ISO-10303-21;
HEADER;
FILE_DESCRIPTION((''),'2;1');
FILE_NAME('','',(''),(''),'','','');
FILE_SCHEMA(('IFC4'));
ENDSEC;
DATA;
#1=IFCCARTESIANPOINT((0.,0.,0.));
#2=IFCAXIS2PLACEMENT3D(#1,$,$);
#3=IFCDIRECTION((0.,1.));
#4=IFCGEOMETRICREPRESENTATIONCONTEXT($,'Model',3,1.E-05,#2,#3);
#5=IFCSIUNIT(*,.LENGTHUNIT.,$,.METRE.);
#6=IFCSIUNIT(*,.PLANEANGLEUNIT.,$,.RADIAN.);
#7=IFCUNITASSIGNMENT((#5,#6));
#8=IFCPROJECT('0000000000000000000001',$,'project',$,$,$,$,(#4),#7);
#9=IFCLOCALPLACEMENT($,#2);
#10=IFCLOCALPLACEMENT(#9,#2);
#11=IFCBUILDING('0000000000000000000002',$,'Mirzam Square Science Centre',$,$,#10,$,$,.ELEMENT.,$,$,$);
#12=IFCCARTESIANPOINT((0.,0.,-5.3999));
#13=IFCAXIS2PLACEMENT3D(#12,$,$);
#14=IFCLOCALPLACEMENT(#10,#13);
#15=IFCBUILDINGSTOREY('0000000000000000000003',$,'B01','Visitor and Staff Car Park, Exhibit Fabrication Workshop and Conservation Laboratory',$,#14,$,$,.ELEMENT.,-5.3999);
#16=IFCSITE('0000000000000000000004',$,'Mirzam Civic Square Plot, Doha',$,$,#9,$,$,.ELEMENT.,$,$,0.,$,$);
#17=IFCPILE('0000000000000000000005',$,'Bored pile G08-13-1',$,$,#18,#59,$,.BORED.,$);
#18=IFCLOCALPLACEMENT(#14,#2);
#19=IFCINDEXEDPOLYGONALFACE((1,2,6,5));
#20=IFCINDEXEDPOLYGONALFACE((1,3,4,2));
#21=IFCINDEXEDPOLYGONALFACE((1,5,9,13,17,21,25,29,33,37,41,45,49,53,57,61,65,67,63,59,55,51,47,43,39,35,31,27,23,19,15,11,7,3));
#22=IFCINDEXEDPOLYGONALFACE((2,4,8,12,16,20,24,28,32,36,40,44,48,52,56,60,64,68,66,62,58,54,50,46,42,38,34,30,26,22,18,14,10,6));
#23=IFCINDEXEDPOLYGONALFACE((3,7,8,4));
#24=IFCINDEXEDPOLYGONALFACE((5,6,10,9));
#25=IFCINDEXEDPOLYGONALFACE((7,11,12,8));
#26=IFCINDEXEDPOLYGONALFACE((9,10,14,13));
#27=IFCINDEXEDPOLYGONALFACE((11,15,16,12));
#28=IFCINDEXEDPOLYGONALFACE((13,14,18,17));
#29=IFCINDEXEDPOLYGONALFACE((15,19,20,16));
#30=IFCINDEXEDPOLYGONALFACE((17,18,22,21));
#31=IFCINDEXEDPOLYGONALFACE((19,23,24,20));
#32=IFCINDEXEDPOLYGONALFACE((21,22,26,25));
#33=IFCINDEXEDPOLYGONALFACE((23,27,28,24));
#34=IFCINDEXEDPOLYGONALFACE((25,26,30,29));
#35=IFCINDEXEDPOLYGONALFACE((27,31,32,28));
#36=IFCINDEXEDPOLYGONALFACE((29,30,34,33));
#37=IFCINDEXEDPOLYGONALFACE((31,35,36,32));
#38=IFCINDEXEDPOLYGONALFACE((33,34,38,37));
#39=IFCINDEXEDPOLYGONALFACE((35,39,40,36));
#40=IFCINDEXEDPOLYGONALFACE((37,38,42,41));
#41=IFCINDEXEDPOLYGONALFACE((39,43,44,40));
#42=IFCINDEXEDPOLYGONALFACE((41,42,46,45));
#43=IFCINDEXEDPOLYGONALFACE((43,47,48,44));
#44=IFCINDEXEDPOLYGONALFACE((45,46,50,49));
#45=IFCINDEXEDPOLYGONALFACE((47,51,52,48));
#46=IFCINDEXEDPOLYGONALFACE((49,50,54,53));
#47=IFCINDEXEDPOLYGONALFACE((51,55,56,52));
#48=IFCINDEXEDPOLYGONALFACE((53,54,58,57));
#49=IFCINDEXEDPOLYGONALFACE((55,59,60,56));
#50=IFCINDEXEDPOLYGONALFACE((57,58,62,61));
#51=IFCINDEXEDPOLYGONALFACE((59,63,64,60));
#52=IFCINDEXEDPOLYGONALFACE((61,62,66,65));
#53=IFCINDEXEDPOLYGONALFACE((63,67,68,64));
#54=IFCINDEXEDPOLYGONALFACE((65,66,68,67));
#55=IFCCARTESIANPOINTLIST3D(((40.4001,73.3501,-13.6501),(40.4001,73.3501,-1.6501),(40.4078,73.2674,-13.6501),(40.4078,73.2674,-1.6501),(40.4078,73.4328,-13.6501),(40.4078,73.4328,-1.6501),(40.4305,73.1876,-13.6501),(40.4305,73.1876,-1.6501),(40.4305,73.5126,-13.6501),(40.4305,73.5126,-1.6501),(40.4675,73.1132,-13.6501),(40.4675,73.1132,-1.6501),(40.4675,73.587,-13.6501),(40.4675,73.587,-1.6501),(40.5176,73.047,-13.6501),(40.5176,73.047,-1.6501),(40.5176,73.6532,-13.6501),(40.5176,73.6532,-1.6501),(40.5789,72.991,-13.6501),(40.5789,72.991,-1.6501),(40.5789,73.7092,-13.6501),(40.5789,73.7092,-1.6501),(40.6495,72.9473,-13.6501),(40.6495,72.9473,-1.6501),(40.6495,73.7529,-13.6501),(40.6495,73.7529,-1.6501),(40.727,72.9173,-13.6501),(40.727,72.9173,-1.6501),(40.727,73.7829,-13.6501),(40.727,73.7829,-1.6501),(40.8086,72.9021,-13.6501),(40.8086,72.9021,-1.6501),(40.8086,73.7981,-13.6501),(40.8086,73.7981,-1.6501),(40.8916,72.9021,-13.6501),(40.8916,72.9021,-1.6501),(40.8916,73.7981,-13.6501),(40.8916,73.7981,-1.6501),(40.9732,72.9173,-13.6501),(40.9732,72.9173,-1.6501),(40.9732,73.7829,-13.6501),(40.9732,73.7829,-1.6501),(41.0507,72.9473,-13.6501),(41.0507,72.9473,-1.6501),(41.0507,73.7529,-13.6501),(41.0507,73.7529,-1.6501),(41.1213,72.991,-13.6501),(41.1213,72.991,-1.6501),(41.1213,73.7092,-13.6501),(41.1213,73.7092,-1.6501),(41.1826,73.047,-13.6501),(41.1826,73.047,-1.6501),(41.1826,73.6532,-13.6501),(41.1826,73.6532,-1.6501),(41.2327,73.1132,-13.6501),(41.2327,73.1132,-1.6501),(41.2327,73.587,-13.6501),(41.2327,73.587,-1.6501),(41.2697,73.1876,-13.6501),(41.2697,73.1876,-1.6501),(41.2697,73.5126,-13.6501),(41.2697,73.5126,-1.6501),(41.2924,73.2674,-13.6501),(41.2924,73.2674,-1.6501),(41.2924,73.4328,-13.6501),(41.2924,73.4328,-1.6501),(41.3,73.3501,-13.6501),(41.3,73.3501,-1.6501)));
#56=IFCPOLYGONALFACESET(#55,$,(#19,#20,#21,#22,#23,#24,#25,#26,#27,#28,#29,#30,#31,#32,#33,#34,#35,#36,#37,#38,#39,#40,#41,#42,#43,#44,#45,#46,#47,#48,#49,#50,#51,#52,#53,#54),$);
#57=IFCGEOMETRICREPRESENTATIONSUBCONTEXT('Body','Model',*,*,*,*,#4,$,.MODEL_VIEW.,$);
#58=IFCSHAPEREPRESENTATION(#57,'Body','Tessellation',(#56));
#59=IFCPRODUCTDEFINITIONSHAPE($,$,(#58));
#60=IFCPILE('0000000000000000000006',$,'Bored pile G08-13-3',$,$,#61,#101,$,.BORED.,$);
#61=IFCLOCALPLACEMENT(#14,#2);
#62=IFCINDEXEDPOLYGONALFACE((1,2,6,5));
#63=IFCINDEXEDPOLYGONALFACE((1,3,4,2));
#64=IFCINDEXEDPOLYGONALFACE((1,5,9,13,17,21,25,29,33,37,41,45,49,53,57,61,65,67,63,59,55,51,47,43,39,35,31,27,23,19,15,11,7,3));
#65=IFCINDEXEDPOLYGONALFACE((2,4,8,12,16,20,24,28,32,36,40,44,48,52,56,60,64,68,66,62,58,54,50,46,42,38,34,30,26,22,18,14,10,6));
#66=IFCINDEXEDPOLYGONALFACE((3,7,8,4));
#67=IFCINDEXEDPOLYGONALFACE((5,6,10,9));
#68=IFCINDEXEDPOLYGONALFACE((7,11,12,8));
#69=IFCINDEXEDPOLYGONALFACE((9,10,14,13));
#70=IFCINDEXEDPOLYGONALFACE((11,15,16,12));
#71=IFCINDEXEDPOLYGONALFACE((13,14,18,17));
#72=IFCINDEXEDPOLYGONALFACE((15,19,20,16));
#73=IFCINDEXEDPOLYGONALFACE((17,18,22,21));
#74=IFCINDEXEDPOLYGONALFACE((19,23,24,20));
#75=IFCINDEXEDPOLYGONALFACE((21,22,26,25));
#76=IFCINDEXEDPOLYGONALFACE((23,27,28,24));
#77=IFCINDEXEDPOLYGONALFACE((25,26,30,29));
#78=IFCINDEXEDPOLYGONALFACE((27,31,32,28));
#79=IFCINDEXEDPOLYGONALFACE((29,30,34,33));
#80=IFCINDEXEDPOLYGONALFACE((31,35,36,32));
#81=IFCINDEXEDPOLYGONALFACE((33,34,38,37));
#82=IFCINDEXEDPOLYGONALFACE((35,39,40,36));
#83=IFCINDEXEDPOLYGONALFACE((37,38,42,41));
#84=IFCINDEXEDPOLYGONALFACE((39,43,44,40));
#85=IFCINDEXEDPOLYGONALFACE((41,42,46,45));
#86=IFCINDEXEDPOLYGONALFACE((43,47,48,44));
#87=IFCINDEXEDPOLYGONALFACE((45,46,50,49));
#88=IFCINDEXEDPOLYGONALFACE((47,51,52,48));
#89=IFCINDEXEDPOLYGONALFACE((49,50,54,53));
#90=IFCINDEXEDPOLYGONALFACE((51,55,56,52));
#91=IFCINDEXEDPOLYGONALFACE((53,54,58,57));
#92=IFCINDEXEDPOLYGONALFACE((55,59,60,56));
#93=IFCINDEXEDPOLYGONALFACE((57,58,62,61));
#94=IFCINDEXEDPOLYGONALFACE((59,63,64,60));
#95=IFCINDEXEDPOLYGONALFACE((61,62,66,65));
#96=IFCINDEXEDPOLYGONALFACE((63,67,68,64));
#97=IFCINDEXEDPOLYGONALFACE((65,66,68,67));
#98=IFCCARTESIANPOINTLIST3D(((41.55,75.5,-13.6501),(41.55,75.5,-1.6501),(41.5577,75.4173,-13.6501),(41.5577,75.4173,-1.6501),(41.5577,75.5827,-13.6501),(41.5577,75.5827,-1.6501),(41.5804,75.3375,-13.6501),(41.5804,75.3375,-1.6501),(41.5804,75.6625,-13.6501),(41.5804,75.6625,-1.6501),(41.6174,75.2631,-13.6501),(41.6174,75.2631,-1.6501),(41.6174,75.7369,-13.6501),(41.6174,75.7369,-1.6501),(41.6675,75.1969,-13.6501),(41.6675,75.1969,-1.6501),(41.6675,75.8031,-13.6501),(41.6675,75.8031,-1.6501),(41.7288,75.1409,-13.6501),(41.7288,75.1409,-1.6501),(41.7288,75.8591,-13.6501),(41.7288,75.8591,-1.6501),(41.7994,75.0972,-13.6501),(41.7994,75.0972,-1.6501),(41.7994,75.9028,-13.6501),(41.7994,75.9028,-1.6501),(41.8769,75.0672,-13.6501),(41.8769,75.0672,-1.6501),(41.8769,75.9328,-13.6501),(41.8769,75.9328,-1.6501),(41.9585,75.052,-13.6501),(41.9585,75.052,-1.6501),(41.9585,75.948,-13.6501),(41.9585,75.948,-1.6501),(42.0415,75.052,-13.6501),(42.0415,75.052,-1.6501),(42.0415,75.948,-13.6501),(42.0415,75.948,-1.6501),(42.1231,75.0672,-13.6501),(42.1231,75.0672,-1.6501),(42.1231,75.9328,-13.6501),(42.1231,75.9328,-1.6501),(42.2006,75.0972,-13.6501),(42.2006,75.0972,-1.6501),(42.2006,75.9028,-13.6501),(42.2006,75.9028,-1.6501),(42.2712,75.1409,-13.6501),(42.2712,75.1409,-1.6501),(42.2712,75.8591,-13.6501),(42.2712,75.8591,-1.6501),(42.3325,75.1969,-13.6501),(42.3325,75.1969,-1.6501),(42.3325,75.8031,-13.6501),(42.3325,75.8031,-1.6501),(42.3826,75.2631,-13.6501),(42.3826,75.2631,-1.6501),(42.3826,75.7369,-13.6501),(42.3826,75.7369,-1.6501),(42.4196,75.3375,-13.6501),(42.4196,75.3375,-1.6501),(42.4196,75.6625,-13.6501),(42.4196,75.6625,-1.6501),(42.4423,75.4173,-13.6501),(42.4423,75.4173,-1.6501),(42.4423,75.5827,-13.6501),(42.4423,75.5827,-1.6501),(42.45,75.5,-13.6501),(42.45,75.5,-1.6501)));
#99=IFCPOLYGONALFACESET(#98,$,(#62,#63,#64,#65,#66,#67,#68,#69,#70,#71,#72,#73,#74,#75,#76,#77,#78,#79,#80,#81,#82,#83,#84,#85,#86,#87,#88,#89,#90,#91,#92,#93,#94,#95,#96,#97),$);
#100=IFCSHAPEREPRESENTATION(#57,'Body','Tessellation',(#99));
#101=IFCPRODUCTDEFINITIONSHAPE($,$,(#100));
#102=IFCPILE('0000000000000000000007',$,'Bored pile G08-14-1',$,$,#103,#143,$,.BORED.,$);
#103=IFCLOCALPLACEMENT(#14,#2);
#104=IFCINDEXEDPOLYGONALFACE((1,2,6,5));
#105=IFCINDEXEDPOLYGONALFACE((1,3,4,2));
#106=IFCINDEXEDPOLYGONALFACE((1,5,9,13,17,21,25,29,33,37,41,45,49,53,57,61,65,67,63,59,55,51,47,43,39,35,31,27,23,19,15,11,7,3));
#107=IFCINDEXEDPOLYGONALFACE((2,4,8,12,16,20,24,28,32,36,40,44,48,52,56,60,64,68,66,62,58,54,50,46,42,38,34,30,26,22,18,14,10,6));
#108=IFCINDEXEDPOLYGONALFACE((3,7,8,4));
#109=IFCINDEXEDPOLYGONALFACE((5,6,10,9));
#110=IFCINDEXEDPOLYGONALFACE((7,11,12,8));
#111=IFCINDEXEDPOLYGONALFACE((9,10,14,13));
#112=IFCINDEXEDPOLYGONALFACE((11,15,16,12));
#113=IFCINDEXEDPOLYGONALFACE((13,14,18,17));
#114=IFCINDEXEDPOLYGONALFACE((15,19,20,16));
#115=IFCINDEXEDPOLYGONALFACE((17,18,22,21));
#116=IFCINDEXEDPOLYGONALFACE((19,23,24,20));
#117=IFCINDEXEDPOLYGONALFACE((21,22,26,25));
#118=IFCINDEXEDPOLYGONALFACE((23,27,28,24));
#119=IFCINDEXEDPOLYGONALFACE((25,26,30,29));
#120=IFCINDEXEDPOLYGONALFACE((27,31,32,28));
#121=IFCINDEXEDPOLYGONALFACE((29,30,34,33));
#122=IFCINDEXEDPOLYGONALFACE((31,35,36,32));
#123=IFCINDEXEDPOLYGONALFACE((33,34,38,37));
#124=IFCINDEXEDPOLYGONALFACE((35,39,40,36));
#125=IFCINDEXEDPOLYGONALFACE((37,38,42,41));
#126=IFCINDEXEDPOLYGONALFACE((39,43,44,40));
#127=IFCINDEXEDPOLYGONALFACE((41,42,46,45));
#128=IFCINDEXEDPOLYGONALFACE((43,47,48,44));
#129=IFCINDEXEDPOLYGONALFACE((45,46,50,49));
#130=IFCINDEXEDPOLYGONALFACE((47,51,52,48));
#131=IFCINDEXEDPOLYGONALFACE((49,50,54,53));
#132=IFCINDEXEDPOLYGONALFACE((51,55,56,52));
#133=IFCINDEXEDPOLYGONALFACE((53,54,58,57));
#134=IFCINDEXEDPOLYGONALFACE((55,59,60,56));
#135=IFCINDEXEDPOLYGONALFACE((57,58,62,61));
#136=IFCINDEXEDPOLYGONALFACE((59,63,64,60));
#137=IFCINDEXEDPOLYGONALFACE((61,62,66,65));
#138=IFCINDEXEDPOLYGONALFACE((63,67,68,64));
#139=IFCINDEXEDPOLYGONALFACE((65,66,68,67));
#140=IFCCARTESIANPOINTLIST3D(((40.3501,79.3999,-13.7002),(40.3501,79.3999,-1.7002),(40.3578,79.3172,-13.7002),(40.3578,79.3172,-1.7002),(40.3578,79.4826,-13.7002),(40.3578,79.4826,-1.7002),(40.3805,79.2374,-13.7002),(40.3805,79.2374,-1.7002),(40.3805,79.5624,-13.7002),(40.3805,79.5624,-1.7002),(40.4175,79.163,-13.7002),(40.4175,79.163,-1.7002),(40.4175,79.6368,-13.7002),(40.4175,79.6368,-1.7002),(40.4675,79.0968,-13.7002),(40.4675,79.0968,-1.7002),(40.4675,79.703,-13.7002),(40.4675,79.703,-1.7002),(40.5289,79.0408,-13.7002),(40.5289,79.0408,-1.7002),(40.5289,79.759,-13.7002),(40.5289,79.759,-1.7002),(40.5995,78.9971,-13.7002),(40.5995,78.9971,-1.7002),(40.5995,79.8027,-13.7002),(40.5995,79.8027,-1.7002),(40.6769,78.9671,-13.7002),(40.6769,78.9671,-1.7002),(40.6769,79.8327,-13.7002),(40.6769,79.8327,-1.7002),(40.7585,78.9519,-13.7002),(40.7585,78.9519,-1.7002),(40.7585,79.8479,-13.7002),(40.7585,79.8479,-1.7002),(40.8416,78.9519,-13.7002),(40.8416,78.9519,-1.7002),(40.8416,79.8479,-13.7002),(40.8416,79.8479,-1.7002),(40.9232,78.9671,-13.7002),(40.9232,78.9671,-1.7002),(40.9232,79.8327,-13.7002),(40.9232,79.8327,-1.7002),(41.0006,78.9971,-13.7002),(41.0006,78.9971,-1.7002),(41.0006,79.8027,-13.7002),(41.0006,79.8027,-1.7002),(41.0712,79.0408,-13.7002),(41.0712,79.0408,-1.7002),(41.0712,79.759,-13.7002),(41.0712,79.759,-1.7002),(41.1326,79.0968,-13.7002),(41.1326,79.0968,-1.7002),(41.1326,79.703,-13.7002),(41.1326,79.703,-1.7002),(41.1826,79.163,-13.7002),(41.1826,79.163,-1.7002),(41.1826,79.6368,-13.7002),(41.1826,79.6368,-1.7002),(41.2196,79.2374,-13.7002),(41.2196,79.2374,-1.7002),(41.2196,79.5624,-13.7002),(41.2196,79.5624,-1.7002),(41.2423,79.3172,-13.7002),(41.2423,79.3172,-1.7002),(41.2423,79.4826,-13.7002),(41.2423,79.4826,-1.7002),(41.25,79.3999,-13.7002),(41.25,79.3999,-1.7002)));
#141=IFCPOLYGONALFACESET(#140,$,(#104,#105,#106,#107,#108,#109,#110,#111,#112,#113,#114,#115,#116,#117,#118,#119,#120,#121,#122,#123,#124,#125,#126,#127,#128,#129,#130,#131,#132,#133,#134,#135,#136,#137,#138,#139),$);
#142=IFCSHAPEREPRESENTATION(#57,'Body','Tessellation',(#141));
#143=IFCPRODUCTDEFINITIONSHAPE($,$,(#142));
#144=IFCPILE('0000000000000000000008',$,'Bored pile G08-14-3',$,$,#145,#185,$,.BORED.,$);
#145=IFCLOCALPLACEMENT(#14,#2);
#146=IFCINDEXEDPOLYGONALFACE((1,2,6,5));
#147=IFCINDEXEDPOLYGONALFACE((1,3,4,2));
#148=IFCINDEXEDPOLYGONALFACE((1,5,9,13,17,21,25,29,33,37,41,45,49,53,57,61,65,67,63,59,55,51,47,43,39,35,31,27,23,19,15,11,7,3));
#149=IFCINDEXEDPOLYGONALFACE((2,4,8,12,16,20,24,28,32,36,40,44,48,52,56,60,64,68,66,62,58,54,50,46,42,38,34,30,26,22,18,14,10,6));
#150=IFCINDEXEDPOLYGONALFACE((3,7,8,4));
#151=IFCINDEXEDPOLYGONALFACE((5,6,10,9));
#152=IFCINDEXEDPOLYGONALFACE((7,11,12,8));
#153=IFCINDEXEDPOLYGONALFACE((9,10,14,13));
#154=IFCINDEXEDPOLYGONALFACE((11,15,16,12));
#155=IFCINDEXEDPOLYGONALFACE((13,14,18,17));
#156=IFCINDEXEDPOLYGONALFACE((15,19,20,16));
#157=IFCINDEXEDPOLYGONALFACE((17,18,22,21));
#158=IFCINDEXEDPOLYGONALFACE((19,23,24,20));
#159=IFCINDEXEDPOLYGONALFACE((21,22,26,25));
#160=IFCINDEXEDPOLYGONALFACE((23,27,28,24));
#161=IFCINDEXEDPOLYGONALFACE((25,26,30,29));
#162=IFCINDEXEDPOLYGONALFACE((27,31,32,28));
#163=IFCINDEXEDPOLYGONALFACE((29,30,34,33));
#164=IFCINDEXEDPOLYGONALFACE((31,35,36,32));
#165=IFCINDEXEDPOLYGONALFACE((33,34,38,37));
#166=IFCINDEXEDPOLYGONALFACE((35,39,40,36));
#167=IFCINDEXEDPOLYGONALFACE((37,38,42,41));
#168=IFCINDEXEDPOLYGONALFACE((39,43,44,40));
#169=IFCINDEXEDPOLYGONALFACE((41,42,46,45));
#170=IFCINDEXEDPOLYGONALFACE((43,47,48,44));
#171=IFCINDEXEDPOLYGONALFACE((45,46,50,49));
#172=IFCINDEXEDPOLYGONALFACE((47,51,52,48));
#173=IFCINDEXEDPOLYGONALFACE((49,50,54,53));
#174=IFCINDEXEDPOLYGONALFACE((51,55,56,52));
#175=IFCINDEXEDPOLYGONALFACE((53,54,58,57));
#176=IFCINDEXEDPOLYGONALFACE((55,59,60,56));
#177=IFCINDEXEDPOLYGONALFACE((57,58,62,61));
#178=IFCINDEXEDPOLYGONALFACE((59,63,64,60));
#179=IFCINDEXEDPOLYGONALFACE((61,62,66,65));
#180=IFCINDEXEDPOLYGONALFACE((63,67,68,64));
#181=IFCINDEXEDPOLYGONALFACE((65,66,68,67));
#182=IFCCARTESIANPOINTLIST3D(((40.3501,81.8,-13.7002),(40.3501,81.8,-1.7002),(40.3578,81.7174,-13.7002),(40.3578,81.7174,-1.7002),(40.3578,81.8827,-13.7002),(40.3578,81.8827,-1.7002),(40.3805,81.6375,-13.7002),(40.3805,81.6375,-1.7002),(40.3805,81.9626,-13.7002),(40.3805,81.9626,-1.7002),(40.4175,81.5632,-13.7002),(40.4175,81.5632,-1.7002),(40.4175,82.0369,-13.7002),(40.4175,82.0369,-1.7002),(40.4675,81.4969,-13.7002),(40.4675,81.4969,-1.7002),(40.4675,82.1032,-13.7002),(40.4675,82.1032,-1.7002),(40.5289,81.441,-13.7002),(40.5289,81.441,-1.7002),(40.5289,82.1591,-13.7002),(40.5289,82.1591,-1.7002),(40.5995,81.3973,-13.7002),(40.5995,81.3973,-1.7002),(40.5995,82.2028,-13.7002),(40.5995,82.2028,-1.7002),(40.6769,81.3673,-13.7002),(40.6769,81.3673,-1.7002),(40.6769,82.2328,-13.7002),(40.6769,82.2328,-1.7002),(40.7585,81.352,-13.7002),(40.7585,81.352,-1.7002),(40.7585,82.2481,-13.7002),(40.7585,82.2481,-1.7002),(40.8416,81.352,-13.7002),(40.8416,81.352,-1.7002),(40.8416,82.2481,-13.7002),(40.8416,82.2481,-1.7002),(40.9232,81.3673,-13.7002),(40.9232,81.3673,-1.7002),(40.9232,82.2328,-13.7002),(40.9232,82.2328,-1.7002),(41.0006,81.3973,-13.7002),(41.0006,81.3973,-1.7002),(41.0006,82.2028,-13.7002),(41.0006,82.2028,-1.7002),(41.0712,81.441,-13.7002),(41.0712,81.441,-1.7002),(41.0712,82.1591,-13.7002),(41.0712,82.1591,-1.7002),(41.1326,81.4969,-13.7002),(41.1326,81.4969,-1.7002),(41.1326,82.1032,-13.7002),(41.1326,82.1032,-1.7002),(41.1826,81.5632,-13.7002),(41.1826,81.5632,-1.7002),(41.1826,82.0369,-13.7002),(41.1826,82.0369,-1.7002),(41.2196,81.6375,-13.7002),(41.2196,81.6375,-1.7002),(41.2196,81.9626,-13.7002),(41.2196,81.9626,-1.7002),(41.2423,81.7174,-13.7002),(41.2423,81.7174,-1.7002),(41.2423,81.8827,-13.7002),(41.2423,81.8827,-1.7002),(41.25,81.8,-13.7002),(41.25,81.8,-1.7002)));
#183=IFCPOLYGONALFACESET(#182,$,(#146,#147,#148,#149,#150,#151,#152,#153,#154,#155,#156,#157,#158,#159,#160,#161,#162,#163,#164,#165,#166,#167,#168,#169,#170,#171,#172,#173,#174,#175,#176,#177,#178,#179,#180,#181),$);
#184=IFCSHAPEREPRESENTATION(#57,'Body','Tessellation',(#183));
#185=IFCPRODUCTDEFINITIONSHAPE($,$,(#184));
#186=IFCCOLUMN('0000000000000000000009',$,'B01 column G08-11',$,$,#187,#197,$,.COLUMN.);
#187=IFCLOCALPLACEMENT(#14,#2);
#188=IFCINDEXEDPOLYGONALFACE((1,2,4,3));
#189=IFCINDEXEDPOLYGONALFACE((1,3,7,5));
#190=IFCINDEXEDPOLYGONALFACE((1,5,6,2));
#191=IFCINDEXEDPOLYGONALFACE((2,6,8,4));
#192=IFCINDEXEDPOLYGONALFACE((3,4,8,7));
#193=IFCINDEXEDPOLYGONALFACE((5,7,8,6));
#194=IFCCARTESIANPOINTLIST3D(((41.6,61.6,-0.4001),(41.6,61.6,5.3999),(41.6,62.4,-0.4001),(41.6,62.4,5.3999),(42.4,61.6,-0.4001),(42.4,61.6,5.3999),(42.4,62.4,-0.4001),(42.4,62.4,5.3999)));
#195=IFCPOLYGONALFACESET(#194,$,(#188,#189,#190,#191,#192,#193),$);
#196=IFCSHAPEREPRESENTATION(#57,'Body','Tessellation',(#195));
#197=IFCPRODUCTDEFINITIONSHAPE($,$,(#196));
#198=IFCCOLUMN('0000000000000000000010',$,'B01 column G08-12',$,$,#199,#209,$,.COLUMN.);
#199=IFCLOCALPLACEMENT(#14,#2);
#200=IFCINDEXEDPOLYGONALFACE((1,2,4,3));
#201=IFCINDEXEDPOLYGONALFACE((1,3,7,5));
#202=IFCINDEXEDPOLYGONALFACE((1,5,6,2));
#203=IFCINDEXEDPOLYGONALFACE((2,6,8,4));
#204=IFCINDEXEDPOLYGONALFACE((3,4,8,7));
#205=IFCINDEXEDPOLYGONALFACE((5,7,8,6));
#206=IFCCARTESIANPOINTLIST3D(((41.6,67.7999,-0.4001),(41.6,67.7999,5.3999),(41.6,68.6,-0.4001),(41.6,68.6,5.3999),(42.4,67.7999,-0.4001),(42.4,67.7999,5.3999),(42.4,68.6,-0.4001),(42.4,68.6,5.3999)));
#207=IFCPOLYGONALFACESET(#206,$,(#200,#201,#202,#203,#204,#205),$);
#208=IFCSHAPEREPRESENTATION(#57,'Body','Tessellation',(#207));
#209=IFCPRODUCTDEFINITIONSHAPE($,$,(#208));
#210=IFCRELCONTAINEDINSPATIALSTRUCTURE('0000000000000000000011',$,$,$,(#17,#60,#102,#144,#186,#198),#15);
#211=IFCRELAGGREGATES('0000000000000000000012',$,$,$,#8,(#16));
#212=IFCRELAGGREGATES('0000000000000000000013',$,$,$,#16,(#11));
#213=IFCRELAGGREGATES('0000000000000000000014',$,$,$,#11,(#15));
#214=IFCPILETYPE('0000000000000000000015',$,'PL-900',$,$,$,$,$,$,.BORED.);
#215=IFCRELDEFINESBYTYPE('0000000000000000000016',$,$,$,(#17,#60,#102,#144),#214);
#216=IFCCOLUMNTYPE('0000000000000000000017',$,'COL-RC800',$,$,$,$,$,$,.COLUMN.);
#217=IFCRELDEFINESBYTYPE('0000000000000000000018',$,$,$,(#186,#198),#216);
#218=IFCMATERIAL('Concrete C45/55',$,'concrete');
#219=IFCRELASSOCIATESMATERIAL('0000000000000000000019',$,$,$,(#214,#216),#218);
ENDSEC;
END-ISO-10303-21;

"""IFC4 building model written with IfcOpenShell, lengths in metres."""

from ifc_helpers import new_model, si_unit, direction, frame, origin, origin_2d, place, context, subcontext, project, spatial, rectangle, circle, extrude, material, material_profile, profile_set, type_object, element, save


model = new_model("IFC4")

# Units and contexts
model_context = context("Model", 3, precision=1e-05, world=origin(), true_north=direction((0.0, 1.0)))
body_context = subcontext(model_context, "Body", "Model", "MODEL_VIEW")
ifc_project = project(units=[si_unit("LENGTHUNIT", "METRE"), si_unit("PLANEANGLEUNIT", "RADIAN")], contexts=[model_context])

# Site, building, storey
site_placement = place(None, origin())
site = spatial("IfcSite", under=ifc_project, at=site_placement, Name="Mirzam Civic Square Plot, Doha", CompositionType="ELEMENT", RefElevation=0.0)
building_placement = place(site_placement, origin())
building = spatial("IfcBuilding", under=site, at=building_placement, Name="Mirzam Square Science Centre", CompositionType="ELEMENT")
storey_placement = place(building_placement, frame((0.0, 0.0, -5.3999)))
storey = spatial("IfcBuildingStorey", under=building, at=storey_placement, Name="B01", Description="Visitor and Staff Car Park, Exhibit Fabrication Workshop and Conservation Laboratory", CompositionType="ELEMENT", Elevation=-5.3999)

# Shared definitions
ifc_material_1 = material(Name="Concrete C45/55", Category="concrete")

# Piles
ifc_material_profile_1 = material_profile(ifc_material_1, circle(Radius=0.45, at=origin_2d()), Name="PILE-D900")
ifc_profile_set_1 = profile_set([ifc_material_profile_1], Name="Concrete C45/55")
pile_type = type_object("IfcPileType", Name="PL-900", PredefinedType="BORED", material=ifc_profile_set_1)
for number, where, z_axis, x_axis, name in (
    (1, (40.8501, 73.3501, -1.6501), (0.0, 0.0, -1.0), (1.0, 0.0, 0.0), "Bored pile G08-13-1"),
    (2, (42.0, 75.5, -1.6501), (0.0, 0.0, -1.0), (1.0, 0.0, 0.0), "Bored pile G08-13-3"),
    (3, (40.8, 79.3999, -1.7002), (0.0, 0.0, -1.0), (1.0, 0.0, 0.0), "Bored pile G08-14-1"),
    (4, (40.8, 81.8, -1.7002), (0.0, 0.0, -1.0), (1.0, 0.0, 0.0), "Bored pile G08-14-3"),
):
    element("IfcPile", number, at=place(storey_placement, frame(where, z_axis=z_axis, x_axis=x_axis)), inside=storey, type_object=pile_type, Name=name, PredefinedType="BORED", context=body_context, shape_type="SweptSolid", body=[
        extrude(circle(Radius=0.45, at=origin_2d()), origin(), (0.0, 0.0, 1.0), 12.0),
    ])

# Columns
ifc_material_profile_2 = material_profile(ifc_material_1, rectangle(XDim=0.8, YDim=0.8, at=origin_2d()), Name="RC800x800")
ifc_profile_set_2 = profile_set([ifc_material_profile_2], Name="Concrete C45/55")
column_type = type_object("IfcColumnType", Name="COL-RC800", PredefinedType="COLUMN", material=ifc_profile_set_2)
for number, where, z_axis, x_axis, name in (
    (5, (42.0, 62.0, -0.4001), (0.0, 0.0, 1.0), (1.0, 0.0, 0.0), "B01 column G08-11"),
    (6, (42.0, 68.2, -0.4001), (0.0, 0.0, 1.0), (1.0, 0.0, 0.0), "B01 column G08-12"),
):
    element("IfcColumn", number, at=place(storey_placement, frame(where, z_axis=z_axis, x_axis=x_axis)), inside=storey, type_object=column_type, Name=name, PredefinedType="COLUMN", context=body_context, shape_type="SweptSolid", body=[
        extrude(rectangle(XDim=0.8, YDim=0.8, at=origin_2d()), origin(), (0.0, 0.0, 1.0), 5.8),
    ])

save(model, "model.ifc")
